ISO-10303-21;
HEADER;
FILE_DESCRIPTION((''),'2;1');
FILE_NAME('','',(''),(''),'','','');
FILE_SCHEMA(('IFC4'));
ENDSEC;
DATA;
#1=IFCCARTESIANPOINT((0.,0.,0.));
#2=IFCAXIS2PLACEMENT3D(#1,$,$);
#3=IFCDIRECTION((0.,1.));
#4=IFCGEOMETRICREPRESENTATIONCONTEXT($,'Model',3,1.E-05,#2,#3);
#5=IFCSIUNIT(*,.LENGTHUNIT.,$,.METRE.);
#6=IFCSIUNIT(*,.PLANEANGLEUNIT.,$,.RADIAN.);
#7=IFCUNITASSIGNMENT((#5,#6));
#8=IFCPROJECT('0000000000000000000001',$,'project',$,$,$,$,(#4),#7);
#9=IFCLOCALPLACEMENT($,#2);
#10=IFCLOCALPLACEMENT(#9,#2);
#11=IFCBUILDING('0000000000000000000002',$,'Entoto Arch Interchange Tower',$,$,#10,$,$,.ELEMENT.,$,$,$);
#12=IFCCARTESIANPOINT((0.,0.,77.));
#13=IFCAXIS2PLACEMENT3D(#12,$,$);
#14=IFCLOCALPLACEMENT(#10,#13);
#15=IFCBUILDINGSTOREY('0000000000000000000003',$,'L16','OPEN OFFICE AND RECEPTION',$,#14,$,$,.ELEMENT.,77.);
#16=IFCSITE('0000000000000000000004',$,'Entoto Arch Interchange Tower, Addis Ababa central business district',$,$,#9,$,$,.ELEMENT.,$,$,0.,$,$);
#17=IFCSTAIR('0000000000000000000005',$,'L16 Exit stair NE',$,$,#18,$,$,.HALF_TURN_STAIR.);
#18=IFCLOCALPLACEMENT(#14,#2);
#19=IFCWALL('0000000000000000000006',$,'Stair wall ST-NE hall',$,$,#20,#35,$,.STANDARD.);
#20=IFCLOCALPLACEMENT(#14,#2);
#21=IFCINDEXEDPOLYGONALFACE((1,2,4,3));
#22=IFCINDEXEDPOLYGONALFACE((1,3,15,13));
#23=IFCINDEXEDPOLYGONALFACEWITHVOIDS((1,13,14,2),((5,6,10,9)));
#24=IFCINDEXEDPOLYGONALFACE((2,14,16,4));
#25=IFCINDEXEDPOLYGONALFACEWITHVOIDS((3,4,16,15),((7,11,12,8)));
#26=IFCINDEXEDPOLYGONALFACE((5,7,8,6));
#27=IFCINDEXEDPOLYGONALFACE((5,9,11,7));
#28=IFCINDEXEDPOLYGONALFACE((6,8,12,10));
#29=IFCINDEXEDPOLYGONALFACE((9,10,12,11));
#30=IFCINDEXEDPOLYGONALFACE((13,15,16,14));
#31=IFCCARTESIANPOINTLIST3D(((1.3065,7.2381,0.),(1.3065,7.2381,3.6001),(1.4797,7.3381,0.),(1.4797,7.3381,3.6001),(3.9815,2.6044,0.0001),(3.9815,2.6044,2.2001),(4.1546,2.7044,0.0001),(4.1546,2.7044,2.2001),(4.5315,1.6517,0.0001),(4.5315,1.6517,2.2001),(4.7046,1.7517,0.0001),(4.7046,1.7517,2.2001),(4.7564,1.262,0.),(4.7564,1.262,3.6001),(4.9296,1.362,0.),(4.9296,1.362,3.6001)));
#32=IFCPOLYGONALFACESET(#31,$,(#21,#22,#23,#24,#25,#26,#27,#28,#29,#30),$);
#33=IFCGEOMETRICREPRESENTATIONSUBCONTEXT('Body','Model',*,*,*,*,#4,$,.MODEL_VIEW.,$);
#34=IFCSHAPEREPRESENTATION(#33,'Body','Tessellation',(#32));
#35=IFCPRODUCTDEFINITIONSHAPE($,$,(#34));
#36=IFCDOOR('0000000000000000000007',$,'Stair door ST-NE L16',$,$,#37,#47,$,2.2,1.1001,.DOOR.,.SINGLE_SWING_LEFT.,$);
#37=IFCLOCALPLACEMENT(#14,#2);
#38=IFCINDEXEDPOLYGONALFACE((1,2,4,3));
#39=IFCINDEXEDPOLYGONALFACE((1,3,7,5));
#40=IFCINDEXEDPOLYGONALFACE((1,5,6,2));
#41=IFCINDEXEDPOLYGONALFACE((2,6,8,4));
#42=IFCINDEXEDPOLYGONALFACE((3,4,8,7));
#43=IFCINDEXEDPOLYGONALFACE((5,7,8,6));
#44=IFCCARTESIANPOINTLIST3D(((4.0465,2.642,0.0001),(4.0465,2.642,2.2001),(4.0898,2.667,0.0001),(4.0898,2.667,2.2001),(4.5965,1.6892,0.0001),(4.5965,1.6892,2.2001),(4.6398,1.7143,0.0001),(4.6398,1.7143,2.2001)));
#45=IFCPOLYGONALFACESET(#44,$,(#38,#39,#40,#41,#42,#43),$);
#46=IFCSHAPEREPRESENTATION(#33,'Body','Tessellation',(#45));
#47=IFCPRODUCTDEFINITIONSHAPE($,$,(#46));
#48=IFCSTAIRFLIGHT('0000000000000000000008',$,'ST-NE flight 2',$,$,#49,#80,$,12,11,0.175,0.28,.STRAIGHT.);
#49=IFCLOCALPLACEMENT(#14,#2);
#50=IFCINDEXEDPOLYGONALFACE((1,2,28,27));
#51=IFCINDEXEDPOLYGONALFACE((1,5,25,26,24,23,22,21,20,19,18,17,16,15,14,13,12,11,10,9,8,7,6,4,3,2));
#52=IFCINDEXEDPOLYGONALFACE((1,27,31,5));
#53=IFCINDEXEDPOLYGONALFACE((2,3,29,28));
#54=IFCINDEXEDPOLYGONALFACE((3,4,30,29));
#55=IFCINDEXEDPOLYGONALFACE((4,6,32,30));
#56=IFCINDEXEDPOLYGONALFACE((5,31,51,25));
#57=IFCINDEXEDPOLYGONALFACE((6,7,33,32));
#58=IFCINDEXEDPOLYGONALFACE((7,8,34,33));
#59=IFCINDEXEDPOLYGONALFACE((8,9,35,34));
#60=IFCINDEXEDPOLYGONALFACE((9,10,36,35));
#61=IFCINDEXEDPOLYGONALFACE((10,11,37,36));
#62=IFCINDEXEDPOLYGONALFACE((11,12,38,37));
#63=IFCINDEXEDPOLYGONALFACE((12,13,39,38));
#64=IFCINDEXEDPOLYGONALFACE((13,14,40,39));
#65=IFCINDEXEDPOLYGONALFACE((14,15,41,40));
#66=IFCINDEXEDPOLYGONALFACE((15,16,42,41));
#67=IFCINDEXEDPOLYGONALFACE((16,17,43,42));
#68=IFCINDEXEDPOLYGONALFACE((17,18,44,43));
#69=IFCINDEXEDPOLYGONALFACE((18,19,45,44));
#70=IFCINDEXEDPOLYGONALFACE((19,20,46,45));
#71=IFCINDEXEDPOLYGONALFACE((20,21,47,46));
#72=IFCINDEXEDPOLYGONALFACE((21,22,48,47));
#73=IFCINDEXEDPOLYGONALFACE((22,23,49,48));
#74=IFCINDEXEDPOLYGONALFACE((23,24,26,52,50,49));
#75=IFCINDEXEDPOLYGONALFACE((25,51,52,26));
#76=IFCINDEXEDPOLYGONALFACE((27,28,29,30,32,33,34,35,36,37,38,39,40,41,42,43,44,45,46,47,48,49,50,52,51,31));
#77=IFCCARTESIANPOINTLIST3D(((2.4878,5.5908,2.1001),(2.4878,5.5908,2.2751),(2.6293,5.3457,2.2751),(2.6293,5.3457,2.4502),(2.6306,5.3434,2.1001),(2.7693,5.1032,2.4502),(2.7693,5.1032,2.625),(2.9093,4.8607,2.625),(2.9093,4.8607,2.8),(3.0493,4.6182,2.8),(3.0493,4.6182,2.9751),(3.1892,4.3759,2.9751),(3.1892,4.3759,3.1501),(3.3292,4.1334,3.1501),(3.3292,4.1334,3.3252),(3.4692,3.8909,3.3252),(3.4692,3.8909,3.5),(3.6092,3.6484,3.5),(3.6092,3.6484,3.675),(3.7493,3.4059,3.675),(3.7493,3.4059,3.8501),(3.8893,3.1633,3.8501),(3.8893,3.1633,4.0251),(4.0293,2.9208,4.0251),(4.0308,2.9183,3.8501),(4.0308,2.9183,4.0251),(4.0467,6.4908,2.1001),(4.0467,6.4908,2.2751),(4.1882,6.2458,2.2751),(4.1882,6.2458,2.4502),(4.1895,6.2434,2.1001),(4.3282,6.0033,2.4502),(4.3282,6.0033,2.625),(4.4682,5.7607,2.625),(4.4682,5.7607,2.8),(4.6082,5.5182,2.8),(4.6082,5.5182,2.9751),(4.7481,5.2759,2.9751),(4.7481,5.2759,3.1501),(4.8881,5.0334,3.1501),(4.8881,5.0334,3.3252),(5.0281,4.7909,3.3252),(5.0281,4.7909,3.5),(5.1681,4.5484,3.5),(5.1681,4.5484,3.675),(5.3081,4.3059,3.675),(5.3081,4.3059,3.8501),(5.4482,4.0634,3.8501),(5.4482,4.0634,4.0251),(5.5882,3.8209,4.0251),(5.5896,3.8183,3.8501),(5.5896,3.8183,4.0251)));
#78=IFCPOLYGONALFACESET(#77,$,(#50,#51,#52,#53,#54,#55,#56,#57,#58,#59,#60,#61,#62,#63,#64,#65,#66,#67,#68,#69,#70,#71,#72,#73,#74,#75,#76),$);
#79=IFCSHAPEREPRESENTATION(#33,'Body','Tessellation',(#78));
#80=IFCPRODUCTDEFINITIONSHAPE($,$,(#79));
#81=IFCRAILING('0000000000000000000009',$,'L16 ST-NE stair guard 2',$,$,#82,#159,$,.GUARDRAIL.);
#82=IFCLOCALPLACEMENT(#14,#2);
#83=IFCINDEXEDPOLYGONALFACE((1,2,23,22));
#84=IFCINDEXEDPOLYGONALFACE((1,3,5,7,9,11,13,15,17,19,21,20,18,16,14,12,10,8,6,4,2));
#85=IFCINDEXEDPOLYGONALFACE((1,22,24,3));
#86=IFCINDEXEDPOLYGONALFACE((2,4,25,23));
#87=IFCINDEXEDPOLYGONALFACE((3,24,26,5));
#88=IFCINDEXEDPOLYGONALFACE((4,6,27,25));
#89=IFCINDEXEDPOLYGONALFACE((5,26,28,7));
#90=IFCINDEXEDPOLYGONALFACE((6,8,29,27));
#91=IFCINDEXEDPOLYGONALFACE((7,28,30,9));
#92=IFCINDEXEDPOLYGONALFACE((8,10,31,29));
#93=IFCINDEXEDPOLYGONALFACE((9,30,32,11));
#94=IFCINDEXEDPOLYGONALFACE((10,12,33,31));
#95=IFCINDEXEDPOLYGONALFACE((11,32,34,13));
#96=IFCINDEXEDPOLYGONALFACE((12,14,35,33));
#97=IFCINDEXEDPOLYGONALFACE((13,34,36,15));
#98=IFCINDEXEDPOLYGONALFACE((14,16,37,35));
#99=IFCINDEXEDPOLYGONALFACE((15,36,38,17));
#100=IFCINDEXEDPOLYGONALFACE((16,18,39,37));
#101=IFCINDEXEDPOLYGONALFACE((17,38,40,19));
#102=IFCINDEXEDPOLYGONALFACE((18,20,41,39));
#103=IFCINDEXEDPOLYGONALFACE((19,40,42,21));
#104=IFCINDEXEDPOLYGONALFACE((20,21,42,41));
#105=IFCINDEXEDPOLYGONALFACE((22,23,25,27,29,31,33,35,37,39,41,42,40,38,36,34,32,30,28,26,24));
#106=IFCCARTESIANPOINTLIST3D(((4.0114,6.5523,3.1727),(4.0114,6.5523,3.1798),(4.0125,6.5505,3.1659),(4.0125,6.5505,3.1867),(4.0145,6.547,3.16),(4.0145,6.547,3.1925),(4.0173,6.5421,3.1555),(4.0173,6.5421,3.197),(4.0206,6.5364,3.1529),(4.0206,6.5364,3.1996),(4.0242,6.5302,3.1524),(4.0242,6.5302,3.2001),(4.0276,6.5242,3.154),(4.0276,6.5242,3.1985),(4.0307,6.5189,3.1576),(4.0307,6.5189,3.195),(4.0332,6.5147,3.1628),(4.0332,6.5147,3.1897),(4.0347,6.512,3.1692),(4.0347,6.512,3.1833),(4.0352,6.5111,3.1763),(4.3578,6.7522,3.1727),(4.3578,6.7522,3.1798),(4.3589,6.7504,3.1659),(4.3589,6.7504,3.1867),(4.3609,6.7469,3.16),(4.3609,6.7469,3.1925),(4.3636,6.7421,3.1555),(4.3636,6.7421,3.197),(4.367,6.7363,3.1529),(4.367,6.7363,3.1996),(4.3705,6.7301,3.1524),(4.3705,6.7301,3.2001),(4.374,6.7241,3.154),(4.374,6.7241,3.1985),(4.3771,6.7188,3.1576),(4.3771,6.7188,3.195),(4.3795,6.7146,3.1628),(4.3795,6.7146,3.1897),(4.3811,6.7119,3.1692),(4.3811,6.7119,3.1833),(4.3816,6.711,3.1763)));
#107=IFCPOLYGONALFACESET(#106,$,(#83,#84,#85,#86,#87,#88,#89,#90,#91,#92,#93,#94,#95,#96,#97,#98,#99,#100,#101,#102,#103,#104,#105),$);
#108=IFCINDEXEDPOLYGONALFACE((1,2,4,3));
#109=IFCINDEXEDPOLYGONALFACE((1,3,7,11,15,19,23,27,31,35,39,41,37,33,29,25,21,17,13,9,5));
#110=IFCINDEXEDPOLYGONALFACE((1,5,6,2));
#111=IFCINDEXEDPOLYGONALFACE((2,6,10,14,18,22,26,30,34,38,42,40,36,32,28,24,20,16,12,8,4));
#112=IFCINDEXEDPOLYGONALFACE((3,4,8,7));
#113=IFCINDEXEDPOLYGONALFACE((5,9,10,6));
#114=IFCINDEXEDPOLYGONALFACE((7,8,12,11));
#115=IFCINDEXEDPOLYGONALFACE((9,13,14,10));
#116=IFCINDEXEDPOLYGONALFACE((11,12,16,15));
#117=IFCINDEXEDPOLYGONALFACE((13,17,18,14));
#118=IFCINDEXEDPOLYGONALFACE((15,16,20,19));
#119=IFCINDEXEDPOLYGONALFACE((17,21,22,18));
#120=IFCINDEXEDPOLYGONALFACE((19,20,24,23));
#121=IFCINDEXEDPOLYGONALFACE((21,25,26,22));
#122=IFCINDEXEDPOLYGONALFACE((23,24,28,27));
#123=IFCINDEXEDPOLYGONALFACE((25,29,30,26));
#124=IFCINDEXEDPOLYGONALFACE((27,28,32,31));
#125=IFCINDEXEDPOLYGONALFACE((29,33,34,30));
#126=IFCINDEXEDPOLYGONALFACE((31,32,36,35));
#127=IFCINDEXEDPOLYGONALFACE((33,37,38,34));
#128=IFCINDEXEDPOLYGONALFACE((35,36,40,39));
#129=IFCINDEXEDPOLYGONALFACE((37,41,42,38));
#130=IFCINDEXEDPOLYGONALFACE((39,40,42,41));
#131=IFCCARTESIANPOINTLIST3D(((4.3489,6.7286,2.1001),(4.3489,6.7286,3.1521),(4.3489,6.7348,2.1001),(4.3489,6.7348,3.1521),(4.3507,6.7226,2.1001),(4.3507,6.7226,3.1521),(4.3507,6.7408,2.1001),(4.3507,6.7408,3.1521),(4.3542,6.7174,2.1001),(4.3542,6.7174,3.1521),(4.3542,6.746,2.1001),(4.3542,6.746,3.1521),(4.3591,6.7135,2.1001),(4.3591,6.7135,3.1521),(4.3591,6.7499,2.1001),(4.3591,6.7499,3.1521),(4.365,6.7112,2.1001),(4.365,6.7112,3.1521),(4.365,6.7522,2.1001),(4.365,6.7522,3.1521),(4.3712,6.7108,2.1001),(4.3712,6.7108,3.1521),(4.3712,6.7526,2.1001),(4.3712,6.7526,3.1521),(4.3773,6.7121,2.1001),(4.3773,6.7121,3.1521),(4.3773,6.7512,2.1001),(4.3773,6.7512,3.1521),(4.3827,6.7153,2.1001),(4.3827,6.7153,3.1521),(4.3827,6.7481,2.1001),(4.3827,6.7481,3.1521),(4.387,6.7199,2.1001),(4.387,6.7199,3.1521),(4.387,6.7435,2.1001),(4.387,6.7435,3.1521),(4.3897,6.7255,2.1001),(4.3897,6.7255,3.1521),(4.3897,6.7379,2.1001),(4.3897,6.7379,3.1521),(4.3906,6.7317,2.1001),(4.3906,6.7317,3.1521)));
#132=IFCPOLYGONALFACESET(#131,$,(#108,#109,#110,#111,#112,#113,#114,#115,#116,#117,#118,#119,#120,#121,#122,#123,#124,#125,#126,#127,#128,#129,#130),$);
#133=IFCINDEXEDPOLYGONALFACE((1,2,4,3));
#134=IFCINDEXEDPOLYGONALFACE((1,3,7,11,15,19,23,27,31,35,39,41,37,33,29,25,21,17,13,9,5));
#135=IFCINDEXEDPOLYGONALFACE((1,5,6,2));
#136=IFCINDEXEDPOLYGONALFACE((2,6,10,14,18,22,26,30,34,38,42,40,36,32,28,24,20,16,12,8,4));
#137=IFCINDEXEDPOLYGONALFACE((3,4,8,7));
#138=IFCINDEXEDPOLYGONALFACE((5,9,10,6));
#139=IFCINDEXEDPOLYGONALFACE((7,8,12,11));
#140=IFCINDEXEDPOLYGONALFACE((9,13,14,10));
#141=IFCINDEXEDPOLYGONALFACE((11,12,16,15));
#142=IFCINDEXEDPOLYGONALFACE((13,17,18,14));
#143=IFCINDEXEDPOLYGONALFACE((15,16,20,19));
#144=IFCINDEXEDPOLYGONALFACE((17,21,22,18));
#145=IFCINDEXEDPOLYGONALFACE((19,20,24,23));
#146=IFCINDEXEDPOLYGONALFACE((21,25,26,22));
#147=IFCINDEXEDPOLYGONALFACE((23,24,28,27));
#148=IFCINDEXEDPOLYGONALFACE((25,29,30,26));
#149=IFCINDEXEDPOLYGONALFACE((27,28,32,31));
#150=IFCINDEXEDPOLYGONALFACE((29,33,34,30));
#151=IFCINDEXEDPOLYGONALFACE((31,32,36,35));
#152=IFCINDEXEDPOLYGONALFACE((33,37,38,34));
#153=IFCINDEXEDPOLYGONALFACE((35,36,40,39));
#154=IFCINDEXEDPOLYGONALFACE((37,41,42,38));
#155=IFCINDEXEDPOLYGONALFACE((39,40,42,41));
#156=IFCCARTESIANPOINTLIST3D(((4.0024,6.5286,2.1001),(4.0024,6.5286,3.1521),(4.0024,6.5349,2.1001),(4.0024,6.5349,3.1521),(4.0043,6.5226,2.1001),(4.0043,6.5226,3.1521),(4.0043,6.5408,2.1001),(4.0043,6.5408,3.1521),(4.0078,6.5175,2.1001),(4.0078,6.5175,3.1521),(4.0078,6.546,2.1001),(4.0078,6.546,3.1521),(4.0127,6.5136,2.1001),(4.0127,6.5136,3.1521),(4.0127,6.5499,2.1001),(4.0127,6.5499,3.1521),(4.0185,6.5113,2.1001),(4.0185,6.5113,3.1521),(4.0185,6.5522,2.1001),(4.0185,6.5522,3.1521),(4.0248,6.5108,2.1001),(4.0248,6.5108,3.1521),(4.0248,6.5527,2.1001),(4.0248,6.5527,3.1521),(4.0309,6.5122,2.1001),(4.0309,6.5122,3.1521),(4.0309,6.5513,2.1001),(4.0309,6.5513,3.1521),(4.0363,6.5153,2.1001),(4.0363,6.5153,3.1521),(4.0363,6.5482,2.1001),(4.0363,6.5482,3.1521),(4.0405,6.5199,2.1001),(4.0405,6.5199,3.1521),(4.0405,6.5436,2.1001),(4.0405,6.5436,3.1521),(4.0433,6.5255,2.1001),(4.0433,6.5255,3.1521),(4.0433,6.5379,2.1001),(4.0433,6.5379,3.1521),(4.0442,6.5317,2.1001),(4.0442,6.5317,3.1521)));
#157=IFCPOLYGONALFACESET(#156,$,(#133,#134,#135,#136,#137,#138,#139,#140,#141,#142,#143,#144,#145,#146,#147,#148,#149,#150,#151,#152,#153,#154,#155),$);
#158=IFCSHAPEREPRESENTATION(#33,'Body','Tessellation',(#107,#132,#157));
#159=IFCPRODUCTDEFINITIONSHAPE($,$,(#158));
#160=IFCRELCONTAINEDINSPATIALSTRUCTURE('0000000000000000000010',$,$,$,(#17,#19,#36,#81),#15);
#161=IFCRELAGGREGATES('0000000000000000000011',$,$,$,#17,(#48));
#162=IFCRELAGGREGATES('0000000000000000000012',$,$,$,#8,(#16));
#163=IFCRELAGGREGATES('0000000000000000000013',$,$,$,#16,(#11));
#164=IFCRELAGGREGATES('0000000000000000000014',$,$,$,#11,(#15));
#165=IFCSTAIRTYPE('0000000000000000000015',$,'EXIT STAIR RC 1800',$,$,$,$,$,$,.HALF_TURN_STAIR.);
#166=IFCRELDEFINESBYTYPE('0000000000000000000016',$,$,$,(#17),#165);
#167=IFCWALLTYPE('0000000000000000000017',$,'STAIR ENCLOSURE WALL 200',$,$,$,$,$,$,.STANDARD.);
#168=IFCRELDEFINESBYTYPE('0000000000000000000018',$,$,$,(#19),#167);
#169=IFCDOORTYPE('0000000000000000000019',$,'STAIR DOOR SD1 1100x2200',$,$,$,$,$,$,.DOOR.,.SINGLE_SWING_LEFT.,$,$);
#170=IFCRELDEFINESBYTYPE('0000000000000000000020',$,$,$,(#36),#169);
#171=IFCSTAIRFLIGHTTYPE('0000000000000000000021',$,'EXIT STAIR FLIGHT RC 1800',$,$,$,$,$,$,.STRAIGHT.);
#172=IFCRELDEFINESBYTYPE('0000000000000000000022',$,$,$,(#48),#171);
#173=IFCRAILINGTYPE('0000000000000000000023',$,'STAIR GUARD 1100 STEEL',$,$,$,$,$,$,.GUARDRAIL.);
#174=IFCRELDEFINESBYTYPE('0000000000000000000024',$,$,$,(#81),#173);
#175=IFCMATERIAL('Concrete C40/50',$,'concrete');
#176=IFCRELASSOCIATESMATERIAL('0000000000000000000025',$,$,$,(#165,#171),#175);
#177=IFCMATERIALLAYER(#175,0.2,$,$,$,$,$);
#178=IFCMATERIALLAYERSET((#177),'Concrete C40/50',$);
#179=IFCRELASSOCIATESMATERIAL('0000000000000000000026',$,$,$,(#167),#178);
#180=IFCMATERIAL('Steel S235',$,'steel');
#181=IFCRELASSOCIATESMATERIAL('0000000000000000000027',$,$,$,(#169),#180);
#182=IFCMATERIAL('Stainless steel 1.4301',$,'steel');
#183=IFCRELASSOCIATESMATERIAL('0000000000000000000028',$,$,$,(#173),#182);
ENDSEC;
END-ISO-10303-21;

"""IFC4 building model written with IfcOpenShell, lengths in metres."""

from ifc_helpers import new_model, si_unit, direction, frame, frame_2d, origin, origin_2d, place, context, subcontext, project, spatial, polyline, rectangle, circle, outline, extrude, material, layer, layer_set, type_object, element, fill, aggregate, save


model = new_model("IFC4")

# Units and contexts
model_context = context("Model", 3, precision=1e-05, world=origin(), true_north=direction((0.0, 1.0)))
body_context = subcontext(model_context, "Body", "Model", "MODEL_VIEW")
ifc_project = project(units=[si_unit("LENGTHUNIT", "METRE"), si_unit("PLANEANGLEUNIT", "RADIAN")], contexts=[model_context])

# Site, building, storey
site_placement = place(None, origin())
site = spatial("IfcSite", under=ifc_project, at=site_placement, Name="Entoto Arch Interchange Tower, Addis Ababa central business district", CompositionType="ELEMENT", RefElevation=0.0)
building_placement = place(site_placement, origin())
building = spatial("IfcBuilding", under=site, at=building_placement, Name="Entoto Arch Interchange Tower", CompositionType="ELEMENT")
storey_placement = place(building_placement, frame((0.0, 0.0, 77.0)))
storey = spatial("IfcBuildingStorey", under=building, at=storey_placement, Name="L16", Description="OPEN OFFICE AND RECEPTION", CompositionType="ELEMENT", Elevation=77.0)

# Shared definitions
ifc_material_1 = material(Name="Concrete C40/50", Category="concrete")

# Stair
stair_type = type_object("IfcStairType", Name="EXIT STAIR RC 1800", PredefinedType="HALF_TURN_STAIR", material=ifc_material_1)
stair_1_placement = place(storey_placement, origin())
stair_1 = element("IfcStair", 1, at=stair_1_placement, inside=storey, type_object=stair_type, Name="L16 Exit stair NE", PredefinedType="HALF_TURN_STAIR")

# Shared definitions
ifc_layer_1 = layer(ifc_material_1, 0.2)
ifc_layer_set_1 = layer_set([ifc_layer_1], Name="Concrete C40/50")
wall_type_1 = type_object("IfcWallType", Name="STAIR ENCLOSURE WALL 200", PredefinedType="STANDARD", material=ifc_layer_set_1)
ifc_material_2 = material(Name="Steel S235", Category="steel")
door_type = type_object("IfcDoorType", Name="STAIR DOOR SD1 1100x2200", OperationType="SINGLE_SWING_LEFT", PredefinedType="DOOR", material=ifc_material_2)

# Wall, opening, door
wall_1_placement = place(storey_placement, frame((4.843, 1.312, 0.0), z_axis=(0.0, 0.0, 1.0), x_axis=(-0.499963, 0.866047, 0.0)))
wall_1 = element("IfcWall", 2, at=wall_1_placement, inside=storey, type_object=wall_type_1, Name="Stair wall ST-NE hall", PredefinedType="STANDARD", context=body_context, shape_type="SweptSolid", body=[
    extrude(rectangle(XDim=6.9004, YDim=0.2, at=frame_2d((3.4502, 0.0))), origin(), (0.0, 0.0, 1.0), 3.6001),
])
opening_1_placement = place(wall_1_placement, frame((0.45, 0.0, 0.0)))
opening_1 = element("IfcOpeningElement", 3, at=opening_1_placement, cuts=wall_1, PredefinedType="OPENING", context=body_context, shape_type="SweptSolid", body=[
    extrude(rectangle(XDim=1.1001, YDim=2.2, at=frame_2d((0.55, 1.1001))), frame((0.0, 0.1099, 0.0), z_axis=(0.0, -1.0, 0.0), x_axis=(1.0, 0.0, 0.0)), (0.0, 0.0, 1.0), 0.22),
])
door_1_placement = place(opening_1_placement, origin())
door_1 = element("IfcDoor", 4, at=door_1_placement, inside=storey, type_object=door_type, Name="Stair door ST-NE L16", OperationType="SINGLE_SWING_LEFT", OverallHeight=2.2, OverallWidth=1.1001, PredefinedType="DOOR", context=body_context, shape_type="SweptSolid", body=[
    extrude(rectangle(XDim=1.1001, YDim=2.2, at=frame_2d((0.55, 1.1001))), frame((0.0, 0.0249, 0.0), z_axis=(0.0, -1.0, 0.0), x_axis=(1.0, 0.0, 0.0)), (0.0, 0.0, 1.0), 0.05),
])
fill(opening_1, door_1)

# Stair flight
stair_flight_type = type_object("IfcStairFlightType", Name="EXIT STAIR FLIGHT RC 1800", PredefinedType="STRAIGHT", material=ifc_material_1)
stair_flight_placement = place(storey_placement, frame((3.2688, 6.0383, 2.1001), z_axis=(0.0, 0.0, 1.0), x_axis=(0.5, -0.866025, 0.0)))
stair_flight = element("IfcStairFlight", 5, at=stair_flight_placement, type_object=stair_flight_type, Name="ST-NE flight 2", NumberOfRisers=12, NumberOfTreads=11, PredefinedType="STRAIGHT", RiserHeight=0.175, TreadLength=0.28, context=body_context, shape_type="SweptSolid", body=[
    extrude(outline(polyline([(-0.0029, 0.0), (-0.0029, 0.175), (0.28, 0.175), (0.28, 0.3501), (0.5601, 0.3501), (0.5601, 0.5249), (0.8401, 0.5249), (0.8401, 0.7), (1.1201, 0.7), (1.1201, 0.875), (1.3999, 0.875), (1.3999, 1.05), (1.6799, 1.05), (1.6799, 1.2251), (1.96, 1.2251), (1.96, 1.3999), (2.24, 1.3999), (2.24, 1.575), (2.52, 1.575), (2.52, 1.75), (2.8, 1.75), (2.8, 1.925), (3.0801, 1.925), (3.083, 1.925), (3.083, 1.75), (0.2827, 0.0), (-0.0029, 0.0)])), frame((0.0, 0.8999, 0.0), z_axis=(0.0, -1.0, 0.0), x_axis=(1.0, 0.0, 0.0)), (0.0, 0.0, 1.0), 1.8),
])
aggregate(stair_1, [stair_flight])

# Railing
ifc_material_3 = material(Name="Stainless steel 1.4301", Category="steel")
railing_type_1 = type_object("IfcRailingType", Name="STAIR GUARD 1100 STEEL", PredefinedType="GUARDRAIL", material=ifc_material_3)
railing_1_placement = place(storey_placement, frame((4.3696, 6.7317, 2.1001)))
element("IfcRailing", 6, at=railing_1_placement, inside=storey, type_object=railing_type_1, Name="L16 ST-NE stair guard 2", PredefinedType="GUARDRAIL", context=body_context, shape_type="SweptSolid", body=[
    extrude(circle(Radius=0.0239, at=origin_2d()), frame((0.0, 0.0, 1.0762), z_axis=(-0.866094, -0.499881, 0.0), x_axis=(0.499881, -0.866094, 0.0)), (0.0, 0.0, 1.0), 0.3999),
    extrude(circle(Radius=0.021, at=origin_2d()), origin(), (0.0, 0.0, 1.0), 1.052),
    extrude(circle(Radius=0.021, at=origin_2d()), frame((-0.3464, -0.2, 0.0)), (0.0, 0.0, 1.0), 1.052),
])

save(model, "model.ifc")
